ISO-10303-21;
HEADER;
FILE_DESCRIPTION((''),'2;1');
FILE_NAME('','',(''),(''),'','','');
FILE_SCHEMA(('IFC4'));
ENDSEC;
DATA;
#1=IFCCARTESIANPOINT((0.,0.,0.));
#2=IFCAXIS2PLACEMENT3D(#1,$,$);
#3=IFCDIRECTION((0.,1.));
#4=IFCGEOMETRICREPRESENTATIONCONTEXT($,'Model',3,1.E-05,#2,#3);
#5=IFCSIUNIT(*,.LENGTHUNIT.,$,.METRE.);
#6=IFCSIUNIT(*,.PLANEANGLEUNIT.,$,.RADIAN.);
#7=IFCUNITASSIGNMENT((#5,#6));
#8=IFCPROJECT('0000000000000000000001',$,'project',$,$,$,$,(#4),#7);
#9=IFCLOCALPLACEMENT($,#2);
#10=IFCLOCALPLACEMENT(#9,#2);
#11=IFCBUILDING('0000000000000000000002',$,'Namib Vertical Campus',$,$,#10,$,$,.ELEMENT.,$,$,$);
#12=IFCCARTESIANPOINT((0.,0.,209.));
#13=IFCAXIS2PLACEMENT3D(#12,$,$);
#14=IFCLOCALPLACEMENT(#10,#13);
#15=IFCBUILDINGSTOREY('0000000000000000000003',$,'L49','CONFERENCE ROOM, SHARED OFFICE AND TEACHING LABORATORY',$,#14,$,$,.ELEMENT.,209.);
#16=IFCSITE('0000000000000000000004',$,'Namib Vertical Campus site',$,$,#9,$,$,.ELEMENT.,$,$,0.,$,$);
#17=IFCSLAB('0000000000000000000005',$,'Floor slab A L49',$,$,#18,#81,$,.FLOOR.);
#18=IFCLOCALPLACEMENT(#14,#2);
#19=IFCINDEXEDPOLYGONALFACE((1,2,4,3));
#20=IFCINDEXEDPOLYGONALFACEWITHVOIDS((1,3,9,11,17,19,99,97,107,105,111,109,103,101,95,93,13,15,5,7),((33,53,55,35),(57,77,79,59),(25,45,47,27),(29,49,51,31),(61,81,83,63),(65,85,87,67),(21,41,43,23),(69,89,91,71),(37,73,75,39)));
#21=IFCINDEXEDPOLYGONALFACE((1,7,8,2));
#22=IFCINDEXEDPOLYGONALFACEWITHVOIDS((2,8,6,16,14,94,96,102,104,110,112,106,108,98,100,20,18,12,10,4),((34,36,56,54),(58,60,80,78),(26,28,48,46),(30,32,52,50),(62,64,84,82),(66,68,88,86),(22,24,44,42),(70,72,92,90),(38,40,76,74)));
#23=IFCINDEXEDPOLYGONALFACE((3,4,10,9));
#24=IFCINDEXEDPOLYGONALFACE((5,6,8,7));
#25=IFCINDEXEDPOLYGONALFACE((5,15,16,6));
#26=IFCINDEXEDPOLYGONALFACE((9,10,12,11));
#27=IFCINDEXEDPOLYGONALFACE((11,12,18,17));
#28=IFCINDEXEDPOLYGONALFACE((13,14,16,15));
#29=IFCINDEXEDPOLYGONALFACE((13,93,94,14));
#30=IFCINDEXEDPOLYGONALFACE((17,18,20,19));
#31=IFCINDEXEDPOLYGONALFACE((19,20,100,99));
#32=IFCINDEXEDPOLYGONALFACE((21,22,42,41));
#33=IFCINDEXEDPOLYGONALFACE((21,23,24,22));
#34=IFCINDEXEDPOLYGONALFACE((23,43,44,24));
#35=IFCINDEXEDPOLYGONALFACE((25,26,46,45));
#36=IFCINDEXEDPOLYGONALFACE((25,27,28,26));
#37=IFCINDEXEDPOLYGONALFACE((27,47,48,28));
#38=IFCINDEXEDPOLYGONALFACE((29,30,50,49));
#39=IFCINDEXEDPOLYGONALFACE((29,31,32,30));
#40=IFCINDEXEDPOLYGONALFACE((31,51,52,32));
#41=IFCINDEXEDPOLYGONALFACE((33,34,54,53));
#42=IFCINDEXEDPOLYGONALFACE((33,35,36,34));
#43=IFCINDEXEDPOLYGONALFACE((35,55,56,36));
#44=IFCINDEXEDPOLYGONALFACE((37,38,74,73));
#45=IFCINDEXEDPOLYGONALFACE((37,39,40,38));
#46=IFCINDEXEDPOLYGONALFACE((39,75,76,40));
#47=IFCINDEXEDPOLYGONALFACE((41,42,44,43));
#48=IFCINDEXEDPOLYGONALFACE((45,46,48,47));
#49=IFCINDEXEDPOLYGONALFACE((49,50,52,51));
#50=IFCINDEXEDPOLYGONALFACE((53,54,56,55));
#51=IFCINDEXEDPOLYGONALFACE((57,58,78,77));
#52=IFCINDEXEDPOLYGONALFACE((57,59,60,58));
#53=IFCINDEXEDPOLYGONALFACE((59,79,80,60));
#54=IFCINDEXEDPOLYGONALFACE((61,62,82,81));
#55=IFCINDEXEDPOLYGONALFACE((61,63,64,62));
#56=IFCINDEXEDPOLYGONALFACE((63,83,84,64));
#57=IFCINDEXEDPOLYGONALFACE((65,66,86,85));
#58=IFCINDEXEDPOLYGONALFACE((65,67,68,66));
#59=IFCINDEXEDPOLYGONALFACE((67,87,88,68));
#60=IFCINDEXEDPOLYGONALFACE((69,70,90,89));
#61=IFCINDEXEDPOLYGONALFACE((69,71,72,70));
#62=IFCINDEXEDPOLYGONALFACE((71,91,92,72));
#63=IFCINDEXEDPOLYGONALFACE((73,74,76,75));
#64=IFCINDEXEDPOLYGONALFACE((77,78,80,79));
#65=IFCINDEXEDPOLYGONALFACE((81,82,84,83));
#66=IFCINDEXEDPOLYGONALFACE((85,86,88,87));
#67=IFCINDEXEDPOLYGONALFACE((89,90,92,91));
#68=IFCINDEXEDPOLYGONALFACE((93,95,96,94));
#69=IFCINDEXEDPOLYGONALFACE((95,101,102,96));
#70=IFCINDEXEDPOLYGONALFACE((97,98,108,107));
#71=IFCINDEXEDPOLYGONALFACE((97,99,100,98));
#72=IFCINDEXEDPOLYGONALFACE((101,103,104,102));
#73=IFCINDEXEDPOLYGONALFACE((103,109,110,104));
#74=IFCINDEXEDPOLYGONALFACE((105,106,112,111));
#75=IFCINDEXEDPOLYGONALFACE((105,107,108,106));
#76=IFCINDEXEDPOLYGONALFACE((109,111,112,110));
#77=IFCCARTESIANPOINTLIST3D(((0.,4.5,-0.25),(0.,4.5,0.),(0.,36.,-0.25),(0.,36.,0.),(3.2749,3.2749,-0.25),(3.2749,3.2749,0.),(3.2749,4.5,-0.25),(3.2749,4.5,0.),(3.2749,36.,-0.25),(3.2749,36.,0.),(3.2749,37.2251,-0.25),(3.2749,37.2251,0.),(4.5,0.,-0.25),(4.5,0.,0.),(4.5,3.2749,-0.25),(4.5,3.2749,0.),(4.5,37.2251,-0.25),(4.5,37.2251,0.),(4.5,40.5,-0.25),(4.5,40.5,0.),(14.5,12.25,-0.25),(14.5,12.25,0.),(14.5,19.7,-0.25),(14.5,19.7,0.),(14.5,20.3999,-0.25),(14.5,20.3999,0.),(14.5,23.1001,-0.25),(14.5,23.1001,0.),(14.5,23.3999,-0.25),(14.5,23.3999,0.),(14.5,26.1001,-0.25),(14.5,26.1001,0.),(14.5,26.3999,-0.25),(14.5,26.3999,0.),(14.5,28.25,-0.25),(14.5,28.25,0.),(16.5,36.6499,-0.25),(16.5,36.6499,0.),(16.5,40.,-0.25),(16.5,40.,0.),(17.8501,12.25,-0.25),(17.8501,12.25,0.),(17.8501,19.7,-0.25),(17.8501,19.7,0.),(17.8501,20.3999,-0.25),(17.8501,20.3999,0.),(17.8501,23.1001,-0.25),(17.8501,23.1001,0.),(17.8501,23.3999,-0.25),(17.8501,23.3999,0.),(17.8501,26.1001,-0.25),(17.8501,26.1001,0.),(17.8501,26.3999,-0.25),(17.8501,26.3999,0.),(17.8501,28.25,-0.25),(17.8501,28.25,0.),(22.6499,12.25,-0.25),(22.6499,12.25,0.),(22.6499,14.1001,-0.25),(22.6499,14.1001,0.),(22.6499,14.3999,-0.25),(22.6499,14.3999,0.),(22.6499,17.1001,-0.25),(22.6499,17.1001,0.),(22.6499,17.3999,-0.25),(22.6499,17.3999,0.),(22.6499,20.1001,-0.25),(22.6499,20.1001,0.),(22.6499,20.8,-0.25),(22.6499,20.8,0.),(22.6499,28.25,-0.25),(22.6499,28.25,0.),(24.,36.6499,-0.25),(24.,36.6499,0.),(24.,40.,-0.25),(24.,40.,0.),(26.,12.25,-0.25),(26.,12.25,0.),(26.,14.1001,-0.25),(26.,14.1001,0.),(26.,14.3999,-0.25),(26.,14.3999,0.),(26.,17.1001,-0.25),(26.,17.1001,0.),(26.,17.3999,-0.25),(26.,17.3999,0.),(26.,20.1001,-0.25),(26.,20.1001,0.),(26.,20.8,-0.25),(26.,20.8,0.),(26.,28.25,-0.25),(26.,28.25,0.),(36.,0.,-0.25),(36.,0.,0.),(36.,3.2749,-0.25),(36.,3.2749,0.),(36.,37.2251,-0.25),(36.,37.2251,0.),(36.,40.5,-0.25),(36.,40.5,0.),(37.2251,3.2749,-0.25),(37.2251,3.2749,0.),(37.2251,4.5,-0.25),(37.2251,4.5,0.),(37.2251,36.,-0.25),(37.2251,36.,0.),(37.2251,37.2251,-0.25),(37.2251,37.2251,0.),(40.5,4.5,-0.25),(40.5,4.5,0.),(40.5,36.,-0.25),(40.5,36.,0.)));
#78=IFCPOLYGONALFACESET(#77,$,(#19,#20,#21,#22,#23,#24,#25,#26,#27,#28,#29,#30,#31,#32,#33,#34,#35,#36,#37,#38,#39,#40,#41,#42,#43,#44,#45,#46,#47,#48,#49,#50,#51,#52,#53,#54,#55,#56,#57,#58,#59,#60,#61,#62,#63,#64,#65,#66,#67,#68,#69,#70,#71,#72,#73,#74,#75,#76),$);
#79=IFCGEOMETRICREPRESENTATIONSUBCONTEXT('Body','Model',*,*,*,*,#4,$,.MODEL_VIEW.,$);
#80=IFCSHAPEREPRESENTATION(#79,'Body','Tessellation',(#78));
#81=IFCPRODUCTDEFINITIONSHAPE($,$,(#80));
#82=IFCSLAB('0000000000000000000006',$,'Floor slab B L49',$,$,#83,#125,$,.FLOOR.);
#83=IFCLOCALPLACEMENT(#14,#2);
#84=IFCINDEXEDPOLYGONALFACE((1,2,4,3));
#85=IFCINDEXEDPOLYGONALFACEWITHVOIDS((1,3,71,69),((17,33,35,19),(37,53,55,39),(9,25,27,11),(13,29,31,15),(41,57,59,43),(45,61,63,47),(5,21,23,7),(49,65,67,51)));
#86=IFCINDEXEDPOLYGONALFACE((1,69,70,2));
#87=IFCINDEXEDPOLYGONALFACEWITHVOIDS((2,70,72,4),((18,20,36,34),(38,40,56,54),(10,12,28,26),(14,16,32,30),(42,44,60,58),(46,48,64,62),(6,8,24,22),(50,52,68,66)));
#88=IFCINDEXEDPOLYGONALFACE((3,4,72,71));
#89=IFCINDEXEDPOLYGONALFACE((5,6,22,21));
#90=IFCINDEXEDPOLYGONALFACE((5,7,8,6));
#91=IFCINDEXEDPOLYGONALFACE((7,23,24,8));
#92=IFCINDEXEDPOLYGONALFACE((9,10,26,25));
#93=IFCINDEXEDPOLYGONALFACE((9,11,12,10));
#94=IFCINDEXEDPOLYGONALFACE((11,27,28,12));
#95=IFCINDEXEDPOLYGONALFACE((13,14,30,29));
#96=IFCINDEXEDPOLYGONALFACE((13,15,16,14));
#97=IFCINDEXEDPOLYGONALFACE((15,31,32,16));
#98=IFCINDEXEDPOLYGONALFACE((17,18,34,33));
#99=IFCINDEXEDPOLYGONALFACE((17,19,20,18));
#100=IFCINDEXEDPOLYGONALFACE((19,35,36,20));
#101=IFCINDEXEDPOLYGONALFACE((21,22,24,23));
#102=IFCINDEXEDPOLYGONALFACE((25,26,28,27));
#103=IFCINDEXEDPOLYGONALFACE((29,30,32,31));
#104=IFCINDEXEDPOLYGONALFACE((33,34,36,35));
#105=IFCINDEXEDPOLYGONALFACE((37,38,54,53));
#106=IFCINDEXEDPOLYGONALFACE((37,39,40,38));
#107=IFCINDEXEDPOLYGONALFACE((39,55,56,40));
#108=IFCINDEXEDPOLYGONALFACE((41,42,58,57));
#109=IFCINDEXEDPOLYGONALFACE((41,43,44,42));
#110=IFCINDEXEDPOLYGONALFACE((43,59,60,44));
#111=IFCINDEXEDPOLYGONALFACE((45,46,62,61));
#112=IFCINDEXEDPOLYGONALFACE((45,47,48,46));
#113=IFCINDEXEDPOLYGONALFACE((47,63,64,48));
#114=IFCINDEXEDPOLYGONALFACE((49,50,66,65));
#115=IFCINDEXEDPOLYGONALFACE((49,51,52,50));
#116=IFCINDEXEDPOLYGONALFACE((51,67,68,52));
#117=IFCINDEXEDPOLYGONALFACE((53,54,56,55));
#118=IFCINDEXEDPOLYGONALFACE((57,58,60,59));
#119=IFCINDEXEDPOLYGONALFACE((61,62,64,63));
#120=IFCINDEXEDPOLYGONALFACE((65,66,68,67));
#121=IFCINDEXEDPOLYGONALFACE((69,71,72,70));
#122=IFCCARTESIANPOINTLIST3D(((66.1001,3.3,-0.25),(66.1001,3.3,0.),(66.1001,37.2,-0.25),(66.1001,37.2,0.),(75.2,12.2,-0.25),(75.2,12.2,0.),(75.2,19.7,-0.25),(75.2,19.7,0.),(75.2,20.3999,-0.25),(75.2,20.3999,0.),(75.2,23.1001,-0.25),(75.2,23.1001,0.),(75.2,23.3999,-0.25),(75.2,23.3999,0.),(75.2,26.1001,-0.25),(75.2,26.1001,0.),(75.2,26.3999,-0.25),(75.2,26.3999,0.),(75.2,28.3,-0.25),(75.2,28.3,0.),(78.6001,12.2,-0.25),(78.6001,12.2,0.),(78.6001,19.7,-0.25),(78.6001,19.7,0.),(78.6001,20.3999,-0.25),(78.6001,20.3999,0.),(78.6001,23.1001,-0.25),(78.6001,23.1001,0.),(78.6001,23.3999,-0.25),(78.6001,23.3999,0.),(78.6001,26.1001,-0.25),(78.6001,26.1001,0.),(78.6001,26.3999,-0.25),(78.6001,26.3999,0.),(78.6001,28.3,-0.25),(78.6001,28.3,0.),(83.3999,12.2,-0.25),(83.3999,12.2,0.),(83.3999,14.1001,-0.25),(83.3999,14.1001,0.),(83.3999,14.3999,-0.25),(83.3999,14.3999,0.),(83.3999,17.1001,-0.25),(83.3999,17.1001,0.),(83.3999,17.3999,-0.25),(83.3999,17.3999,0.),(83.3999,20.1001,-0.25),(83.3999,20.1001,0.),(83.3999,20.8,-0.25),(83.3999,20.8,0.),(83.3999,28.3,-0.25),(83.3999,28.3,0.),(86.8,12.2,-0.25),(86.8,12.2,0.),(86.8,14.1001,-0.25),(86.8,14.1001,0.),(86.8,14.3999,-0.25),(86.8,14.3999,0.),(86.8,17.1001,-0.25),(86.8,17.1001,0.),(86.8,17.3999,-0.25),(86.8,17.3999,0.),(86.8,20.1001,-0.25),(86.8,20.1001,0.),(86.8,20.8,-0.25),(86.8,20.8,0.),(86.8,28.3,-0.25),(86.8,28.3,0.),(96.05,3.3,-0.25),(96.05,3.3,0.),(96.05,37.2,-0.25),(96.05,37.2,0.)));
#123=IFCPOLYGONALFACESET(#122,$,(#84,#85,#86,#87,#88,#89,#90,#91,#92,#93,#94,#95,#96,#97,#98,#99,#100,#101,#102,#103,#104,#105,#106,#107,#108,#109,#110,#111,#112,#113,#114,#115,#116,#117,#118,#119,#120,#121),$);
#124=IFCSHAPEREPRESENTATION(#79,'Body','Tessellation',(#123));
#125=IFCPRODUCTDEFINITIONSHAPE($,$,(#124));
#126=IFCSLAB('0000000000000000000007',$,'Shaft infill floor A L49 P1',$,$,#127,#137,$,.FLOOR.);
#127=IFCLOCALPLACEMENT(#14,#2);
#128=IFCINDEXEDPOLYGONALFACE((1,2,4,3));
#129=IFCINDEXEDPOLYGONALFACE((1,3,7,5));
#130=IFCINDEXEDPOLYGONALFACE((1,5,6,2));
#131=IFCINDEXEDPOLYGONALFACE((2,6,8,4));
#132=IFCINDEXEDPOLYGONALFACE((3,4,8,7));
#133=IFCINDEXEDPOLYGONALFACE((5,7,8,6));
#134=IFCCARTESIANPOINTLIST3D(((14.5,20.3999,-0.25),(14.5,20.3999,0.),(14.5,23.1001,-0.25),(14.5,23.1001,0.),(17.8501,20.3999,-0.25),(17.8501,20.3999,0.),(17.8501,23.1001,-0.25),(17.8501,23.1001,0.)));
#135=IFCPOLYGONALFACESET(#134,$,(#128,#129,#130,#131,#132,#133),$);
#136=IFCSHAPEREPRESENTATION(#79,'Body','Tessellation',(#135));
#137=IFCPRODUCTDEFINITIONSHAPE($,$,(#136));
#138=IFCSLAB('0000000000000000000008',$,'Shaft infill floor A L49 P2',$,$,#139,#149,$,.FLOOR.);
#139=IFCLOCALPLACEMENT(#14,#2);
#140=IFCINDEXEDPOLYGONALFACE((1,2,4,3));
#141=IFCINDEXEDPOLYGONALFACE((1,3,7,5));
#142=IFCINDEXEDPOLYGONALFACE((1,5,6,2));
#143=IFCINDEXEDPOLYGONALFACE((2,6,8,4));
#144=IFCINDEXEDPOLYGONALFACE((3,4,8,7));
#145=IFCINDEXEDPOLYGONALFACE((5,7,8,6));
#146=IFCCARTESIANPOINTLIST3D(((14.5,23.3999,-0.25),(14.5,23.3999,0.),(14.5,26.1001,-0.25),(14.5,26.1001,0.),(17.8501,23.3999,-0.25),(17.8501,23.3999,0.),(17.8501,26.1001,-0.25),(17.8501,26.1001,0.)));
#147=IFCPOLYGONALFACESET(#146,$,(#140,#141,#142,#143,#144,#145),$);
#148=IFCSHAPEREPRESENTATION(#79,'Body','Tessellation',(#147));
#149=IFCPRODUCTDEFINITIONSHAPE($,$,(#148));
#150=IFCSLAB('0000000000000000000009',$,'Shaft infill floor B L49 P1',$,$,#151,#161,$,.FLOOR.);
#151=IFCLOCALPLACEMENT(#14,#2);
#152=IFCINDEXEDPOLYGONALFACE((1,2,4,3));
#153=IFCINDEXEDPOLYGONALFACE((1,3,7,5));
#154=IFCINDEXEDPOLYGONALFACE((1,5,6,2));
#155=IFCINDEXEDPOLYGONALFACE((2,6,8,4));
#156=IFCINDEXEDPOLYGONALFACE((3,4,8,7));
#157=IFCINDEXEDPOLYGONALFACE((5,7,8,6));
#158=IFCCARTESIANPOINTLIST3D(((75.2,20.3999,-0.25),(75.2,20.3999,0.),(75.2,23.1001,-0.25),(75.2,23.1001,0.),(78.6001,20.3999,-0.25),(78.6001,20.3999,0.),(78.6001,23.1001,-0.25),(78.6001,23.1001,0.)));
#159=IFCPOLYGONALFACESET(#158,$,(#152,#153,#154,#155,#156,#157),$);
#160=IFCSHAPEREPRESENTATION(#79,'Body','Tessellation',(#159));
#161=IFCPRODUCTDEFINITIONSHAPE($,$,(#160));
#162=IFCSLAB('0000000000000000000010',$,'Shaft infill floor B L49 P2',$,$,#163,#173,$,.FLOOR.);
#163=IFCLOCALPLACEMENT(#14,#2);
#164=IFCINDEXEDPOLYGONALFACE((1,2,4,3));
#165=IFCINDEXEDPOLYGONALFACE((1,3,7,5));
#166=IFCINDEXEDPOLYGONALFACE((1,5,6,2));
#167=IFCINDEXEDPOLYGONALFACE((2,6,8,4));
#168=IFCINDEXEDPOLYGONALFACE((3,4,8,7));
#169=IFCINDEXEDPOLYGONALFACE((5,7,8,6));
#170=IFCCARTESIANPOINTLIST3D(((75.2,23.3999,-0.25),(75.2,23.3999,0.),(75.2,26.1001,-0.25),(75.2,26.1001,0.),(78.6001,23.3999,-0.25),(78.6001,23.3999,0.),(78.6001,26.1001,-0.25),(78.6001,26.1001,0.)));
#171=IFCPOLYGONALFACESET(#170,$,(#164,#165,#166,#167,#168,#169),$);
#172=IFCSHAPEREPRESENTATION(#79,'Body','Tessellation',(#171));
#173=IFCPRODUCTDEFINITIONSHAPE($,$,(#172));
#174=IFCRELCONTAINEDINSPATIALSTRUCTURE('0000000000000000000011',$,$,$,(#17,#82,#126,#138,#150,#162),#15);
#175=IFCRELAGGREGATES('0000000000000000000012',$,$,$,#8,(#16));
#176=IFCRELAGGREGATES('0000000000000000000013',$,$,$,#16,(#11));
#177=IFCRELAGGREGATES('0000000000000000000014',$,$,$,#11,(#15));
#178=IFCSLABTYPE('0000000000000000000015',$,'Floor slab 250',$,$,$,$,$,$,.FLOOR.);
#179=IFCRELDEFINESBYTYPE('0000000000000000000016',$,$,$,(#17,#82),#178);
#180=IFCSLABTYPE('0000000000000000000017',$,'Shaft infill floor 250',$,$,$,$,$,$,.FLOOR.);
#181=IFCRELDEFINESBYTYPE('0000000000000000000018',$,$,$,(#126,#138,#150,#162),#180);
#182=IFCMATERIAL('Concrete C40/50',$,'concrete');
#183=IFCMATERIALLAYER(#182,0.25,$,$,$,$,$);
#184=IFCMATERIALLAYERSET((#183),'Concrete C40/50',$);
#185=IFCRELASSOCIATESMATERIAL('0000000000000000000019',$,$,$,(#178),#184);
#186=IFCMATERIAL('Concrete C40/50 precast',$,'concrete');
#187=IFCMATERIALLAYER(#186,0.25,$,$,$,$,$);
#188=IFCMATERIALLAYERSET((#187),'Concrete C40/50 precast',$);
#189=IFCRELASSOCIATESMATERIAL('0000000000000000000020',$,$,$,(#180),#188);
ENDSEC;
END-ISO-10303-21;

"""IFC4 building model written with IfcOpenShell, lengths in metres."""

from ifc_helpers import new_model, si_unit, direction, frame, origin, place, context, subcontext, project, spatial, polyline, outline, extrude, material, layer, layer_set, type_object, element, save


model = new_model("IFC4")

# Units and contexts
model_context = context("Model", 3, precision=1e-05, world=origin(), true_north=direction((0.0, 1.0)))
body_context = subcontext(model_context, "Body", "Model", "MODEL_VIEW")
ifc_project = project(units=[si_unit("LENGTHUNIT", "METRE"), si_unit("PLANEANGLEUNIT", "RADIAN")], contexts=[model_context])

# Site, building, storey
site_placement = place(None, origin())
site = spatial("IfcSite", under=ifc_project, at=site_placement, Name="Namib Vertical Campus site", CompositionType="ELEMENT", RefElevation=0.0)
building_placement = place(site_placement, origin())
building = spatial("IfcBuilding", under=site, at=building_placement, Name="Namib Vertical Campus", CompositionType="ELEMENT")
storey_placement = place(building_placement, frame((0.0, 0.0, 209.0)))
storey = spatial("IfcBuildingStorey", under=building, at=storey_placement, Name="L49", Description="CONFERENCE ROOM, SHARED OFFICE AND TEACHING LABORATORY", CompositionType="ELEMENT", Elevation=209.0)

# Slabs
ifc_material_1 = material(Name="Concrete C40/50", Category="concrete")
ifc_layer_1 = layer(ifc_material_1, 0.25)
ifc_layer_set_1 = layer_set([ifc_layer_1], Name="Concrete C40/50")
slab_type_1 = type_object("IfcSlabType", Name="Floor slab 250", PredefinedType="FLOOR", material=ifc_layer_set_1)
slab_1_placement = place(storey_placement, frame((0.0, 0.0, -0.25)))
element("IfcSlab", 1, at=slab_1_placement, inside=storey, type_object=slab_type_1, Name="Floor slab A L49", PredefinedType="FLOOR", context=body_context, shape_type="SweptSolid", body=[
    extrude(outline(polyline([(4.5, 0.0), (36.0, 0.0), (36.0, 3.2749), (37.2251, 3.2749), (37.2251, 4.5), (40.5, 4.5), (40.5, 36.0), (37.2251, 36.0), (37.2251, 37.2251), (36.0, 37.2251), (36.0, 40.5), (4.5, 40.5), (4.5, 37.2251), (3.2749, 37.2251), (3.2749, 36.0), (0.0, 36.0), (0.0, 4.5), (3.2749, 4.5), (3.2749, 3.2749), (4.5, 3.2749), (4.5, 0.0)]), holes=[polyline([(14.5, 12.25), (17.8501, 12.25), (17.8501, 19.7), (14.5, 19.7), (14.5, 12.25)]), polyline([(22.6499, 20.8), (26.0, 20.8), (26.0, 28.25), (22.6499, 28.25), (22.6499, 20.8)]), polyline([(22.6499, 12.25), (26.0, 12.25), (26.0, 14.1001), (22.6499, 14.1001), (22.6499, 12.25)]), polyline([(14.5, 20.3999), (17.8501, 20.3999), (17.8501, 23.1001), (14.5, 23.1001), (14.5, 20.3999)]), polyline([(14.5, 23.3999), (17.8501, 23.3999), (17.8501, 26.1001), (14.5, 26.1001), (14.5, 23.3999)]), polyline([(14.5, 26.3999), (17.8501, 26.3999), (17.8501, 28.25), (14.5, 28.25), (14.5, 26.3999)]), polyline([(22.6499, 14.3999), (26.0, 14.3999), (26.0, 17.1001), (22.6499, 17.1001), (22.6499, 14.3999)]), polyline([(22.6499, 17.3999), (26.0, 17.3999), (26.0, 20.1001), (22.6499, 20.1001), (22.6499, 17.3999)]), polyline([(16.5, 36.6499), (24.0, 36.6499), (24.0, 40.0), (16.5, 40.0), (16.5, 36.6499)])]), origin(), (0.0, 0.0, 1.0), 0.25),
])
slab_2_placement = place(storey_placement, frame((0.0, 0.0, -0.25)))
element("IfcSlab", 2, at=slab_2_placement, inside=storey, type_object=slab_type_1, Name="Floor slab B L49", PredefinedType="FLOOR", context=body_context, shape_type="SweptSolid", body=[
    extrude(outline(polyline([(66.1001, 3.3), (96.05, 3.3), (96.05, 37.2), (66.1001, 37.2), (66.1001, 3.3)]), holes=[polyline([(75.2, 12.2), (78.6001, 12.2), (78.6001, 19.7), (75.2, 19.7), (75.2, 12.2)]), polyline([(83.3999, 20.8), (86.8, 20.8), (86.8, 28.3), (83.3999, 28.3), (83.3999, 20.8)]), polyline([(83.3999, 12.2), (86.8, 12.2), (86.8, 14.1001), (83.3999, 14.1001), (83.3999, 12.2)]), polyline([(75.2, 20.3999), (78.6001, 20.3999), (78.6001, 23.1001), (75.2, 23.1001), (75.2, 20.3999)]), polyline([(75.2, 23.3999), (78.6001, 23.3999), (78.6001, 26.1001), (75.2, 26.1001), (75.2, 23.3999)]), polyline([(75.2, 26.3999), (78.6001, 26.3999), (78.6001, 28.3), (75.2, 28.3), (75.2, 26.3999)]), polyline([(83.3999, 14.3999), (86.8, 14.3999), (86.8, 17.1001), (83.3999, 17.1001), (83.3999, 14.3999)]), polyline([(83.3999, 17.3999), (86.8, 17.3999), (86.8, 20.1001), (83.3999, 20.1001), (83.3999, 17.3999)])]), origin(), (0.0, 0.0, 1.0), 0.25),
])
ifc_material_2 = material(Name="Concrete C40/50 precast", Category="concrete")
ifc_layer_2 = layer(ifc_material_2, 0.25)
ifc_layer_set_2 = layer_set([ifc_layer_2], Name="Concrete C40/50 precast")
slab_type_2 = type_object("IfcSlabType", Name="Shaft infill floor 250", PredefinedType="FLOOR", material=ifc_layer_set_2)
slab_3_placement = place(storey_placement, frame((0.0, 0.0, -0.25)))
element("IfcSlab", 3, at=slab_3_placement, inside=storey, type_object=slab_type_2, Name="Shaft infill floor A L49 P1", PredefinedType="FLOOR", context=body_context, shape_type="SweptSolid", body=[
    extrude(outline(polyline([(14.5, 20.3999), (17.8501, 20.3999), (17.8501, 23.1001), (14.5, 23.1001), (14.5, 20.3999)])), origin(), (0.0, 0.0, 1.0), 0.25),
])
slab_4_placement = place(storey_placement, frame((0.0, 0.0, -0.25)))
element("IfcSlab", 4, at=slab_4_placement, inside=storey, type_object=slab_type_2, Name="Shaft infill floor A L49 P2", PredefinedType="FLOOR", context=body_context, shape_type="SweptSolid", body=[
    extrude(outline(polyline([(14.5, 23.3999), (17.8501, 23.3999), (17.8501, 26.1001), (14.5, 26.1001), (14.5, 23.3999)])), origin(), (0.0, 0.0, 1.0), 0.25),
])
slab_5_placement = place(storey_placement, frame((0.0, 0.0, -0.25)))
element("IfcSlab", 5, at=slab_5_placement, inside=storey, type_object=slab_type_2, Name="Shaft infill floor B L49 P1", PredefinedType="FLOOR", context=body_context, shape_type="SweptSolid", body=[
    extrude(outline(polyline([(75.2, 20.3999), (78.6001, 20.3999), (78.6001, 23.1001), (75.2, 23.1001), (75.2, 20.3999)])), origin(), (0.0, 0.0, 1.0), 0.25),
])
slab_6_placement = place(storey_placement, frame((0.0, 0.0, -0.25)))
element("IfcSlab", 6, at=slab_6_placement, inside=storey, type_object=slab_type_2, Name="Shaft infill floor B L49 P2", PredefinedType="FLOOR", context=body_context, shape_type="SweptSolid", body=[
    extrude(outline(polyline([(75.2, 23.3999), (78.6001, 23.3999), (78.6001, 26.1001), (75.2, 26.1001), (75.2, 23.3999)])), origin(), (0.0, 0.0, 1.0), 0.25),
])

save(model, "model.ifc")
